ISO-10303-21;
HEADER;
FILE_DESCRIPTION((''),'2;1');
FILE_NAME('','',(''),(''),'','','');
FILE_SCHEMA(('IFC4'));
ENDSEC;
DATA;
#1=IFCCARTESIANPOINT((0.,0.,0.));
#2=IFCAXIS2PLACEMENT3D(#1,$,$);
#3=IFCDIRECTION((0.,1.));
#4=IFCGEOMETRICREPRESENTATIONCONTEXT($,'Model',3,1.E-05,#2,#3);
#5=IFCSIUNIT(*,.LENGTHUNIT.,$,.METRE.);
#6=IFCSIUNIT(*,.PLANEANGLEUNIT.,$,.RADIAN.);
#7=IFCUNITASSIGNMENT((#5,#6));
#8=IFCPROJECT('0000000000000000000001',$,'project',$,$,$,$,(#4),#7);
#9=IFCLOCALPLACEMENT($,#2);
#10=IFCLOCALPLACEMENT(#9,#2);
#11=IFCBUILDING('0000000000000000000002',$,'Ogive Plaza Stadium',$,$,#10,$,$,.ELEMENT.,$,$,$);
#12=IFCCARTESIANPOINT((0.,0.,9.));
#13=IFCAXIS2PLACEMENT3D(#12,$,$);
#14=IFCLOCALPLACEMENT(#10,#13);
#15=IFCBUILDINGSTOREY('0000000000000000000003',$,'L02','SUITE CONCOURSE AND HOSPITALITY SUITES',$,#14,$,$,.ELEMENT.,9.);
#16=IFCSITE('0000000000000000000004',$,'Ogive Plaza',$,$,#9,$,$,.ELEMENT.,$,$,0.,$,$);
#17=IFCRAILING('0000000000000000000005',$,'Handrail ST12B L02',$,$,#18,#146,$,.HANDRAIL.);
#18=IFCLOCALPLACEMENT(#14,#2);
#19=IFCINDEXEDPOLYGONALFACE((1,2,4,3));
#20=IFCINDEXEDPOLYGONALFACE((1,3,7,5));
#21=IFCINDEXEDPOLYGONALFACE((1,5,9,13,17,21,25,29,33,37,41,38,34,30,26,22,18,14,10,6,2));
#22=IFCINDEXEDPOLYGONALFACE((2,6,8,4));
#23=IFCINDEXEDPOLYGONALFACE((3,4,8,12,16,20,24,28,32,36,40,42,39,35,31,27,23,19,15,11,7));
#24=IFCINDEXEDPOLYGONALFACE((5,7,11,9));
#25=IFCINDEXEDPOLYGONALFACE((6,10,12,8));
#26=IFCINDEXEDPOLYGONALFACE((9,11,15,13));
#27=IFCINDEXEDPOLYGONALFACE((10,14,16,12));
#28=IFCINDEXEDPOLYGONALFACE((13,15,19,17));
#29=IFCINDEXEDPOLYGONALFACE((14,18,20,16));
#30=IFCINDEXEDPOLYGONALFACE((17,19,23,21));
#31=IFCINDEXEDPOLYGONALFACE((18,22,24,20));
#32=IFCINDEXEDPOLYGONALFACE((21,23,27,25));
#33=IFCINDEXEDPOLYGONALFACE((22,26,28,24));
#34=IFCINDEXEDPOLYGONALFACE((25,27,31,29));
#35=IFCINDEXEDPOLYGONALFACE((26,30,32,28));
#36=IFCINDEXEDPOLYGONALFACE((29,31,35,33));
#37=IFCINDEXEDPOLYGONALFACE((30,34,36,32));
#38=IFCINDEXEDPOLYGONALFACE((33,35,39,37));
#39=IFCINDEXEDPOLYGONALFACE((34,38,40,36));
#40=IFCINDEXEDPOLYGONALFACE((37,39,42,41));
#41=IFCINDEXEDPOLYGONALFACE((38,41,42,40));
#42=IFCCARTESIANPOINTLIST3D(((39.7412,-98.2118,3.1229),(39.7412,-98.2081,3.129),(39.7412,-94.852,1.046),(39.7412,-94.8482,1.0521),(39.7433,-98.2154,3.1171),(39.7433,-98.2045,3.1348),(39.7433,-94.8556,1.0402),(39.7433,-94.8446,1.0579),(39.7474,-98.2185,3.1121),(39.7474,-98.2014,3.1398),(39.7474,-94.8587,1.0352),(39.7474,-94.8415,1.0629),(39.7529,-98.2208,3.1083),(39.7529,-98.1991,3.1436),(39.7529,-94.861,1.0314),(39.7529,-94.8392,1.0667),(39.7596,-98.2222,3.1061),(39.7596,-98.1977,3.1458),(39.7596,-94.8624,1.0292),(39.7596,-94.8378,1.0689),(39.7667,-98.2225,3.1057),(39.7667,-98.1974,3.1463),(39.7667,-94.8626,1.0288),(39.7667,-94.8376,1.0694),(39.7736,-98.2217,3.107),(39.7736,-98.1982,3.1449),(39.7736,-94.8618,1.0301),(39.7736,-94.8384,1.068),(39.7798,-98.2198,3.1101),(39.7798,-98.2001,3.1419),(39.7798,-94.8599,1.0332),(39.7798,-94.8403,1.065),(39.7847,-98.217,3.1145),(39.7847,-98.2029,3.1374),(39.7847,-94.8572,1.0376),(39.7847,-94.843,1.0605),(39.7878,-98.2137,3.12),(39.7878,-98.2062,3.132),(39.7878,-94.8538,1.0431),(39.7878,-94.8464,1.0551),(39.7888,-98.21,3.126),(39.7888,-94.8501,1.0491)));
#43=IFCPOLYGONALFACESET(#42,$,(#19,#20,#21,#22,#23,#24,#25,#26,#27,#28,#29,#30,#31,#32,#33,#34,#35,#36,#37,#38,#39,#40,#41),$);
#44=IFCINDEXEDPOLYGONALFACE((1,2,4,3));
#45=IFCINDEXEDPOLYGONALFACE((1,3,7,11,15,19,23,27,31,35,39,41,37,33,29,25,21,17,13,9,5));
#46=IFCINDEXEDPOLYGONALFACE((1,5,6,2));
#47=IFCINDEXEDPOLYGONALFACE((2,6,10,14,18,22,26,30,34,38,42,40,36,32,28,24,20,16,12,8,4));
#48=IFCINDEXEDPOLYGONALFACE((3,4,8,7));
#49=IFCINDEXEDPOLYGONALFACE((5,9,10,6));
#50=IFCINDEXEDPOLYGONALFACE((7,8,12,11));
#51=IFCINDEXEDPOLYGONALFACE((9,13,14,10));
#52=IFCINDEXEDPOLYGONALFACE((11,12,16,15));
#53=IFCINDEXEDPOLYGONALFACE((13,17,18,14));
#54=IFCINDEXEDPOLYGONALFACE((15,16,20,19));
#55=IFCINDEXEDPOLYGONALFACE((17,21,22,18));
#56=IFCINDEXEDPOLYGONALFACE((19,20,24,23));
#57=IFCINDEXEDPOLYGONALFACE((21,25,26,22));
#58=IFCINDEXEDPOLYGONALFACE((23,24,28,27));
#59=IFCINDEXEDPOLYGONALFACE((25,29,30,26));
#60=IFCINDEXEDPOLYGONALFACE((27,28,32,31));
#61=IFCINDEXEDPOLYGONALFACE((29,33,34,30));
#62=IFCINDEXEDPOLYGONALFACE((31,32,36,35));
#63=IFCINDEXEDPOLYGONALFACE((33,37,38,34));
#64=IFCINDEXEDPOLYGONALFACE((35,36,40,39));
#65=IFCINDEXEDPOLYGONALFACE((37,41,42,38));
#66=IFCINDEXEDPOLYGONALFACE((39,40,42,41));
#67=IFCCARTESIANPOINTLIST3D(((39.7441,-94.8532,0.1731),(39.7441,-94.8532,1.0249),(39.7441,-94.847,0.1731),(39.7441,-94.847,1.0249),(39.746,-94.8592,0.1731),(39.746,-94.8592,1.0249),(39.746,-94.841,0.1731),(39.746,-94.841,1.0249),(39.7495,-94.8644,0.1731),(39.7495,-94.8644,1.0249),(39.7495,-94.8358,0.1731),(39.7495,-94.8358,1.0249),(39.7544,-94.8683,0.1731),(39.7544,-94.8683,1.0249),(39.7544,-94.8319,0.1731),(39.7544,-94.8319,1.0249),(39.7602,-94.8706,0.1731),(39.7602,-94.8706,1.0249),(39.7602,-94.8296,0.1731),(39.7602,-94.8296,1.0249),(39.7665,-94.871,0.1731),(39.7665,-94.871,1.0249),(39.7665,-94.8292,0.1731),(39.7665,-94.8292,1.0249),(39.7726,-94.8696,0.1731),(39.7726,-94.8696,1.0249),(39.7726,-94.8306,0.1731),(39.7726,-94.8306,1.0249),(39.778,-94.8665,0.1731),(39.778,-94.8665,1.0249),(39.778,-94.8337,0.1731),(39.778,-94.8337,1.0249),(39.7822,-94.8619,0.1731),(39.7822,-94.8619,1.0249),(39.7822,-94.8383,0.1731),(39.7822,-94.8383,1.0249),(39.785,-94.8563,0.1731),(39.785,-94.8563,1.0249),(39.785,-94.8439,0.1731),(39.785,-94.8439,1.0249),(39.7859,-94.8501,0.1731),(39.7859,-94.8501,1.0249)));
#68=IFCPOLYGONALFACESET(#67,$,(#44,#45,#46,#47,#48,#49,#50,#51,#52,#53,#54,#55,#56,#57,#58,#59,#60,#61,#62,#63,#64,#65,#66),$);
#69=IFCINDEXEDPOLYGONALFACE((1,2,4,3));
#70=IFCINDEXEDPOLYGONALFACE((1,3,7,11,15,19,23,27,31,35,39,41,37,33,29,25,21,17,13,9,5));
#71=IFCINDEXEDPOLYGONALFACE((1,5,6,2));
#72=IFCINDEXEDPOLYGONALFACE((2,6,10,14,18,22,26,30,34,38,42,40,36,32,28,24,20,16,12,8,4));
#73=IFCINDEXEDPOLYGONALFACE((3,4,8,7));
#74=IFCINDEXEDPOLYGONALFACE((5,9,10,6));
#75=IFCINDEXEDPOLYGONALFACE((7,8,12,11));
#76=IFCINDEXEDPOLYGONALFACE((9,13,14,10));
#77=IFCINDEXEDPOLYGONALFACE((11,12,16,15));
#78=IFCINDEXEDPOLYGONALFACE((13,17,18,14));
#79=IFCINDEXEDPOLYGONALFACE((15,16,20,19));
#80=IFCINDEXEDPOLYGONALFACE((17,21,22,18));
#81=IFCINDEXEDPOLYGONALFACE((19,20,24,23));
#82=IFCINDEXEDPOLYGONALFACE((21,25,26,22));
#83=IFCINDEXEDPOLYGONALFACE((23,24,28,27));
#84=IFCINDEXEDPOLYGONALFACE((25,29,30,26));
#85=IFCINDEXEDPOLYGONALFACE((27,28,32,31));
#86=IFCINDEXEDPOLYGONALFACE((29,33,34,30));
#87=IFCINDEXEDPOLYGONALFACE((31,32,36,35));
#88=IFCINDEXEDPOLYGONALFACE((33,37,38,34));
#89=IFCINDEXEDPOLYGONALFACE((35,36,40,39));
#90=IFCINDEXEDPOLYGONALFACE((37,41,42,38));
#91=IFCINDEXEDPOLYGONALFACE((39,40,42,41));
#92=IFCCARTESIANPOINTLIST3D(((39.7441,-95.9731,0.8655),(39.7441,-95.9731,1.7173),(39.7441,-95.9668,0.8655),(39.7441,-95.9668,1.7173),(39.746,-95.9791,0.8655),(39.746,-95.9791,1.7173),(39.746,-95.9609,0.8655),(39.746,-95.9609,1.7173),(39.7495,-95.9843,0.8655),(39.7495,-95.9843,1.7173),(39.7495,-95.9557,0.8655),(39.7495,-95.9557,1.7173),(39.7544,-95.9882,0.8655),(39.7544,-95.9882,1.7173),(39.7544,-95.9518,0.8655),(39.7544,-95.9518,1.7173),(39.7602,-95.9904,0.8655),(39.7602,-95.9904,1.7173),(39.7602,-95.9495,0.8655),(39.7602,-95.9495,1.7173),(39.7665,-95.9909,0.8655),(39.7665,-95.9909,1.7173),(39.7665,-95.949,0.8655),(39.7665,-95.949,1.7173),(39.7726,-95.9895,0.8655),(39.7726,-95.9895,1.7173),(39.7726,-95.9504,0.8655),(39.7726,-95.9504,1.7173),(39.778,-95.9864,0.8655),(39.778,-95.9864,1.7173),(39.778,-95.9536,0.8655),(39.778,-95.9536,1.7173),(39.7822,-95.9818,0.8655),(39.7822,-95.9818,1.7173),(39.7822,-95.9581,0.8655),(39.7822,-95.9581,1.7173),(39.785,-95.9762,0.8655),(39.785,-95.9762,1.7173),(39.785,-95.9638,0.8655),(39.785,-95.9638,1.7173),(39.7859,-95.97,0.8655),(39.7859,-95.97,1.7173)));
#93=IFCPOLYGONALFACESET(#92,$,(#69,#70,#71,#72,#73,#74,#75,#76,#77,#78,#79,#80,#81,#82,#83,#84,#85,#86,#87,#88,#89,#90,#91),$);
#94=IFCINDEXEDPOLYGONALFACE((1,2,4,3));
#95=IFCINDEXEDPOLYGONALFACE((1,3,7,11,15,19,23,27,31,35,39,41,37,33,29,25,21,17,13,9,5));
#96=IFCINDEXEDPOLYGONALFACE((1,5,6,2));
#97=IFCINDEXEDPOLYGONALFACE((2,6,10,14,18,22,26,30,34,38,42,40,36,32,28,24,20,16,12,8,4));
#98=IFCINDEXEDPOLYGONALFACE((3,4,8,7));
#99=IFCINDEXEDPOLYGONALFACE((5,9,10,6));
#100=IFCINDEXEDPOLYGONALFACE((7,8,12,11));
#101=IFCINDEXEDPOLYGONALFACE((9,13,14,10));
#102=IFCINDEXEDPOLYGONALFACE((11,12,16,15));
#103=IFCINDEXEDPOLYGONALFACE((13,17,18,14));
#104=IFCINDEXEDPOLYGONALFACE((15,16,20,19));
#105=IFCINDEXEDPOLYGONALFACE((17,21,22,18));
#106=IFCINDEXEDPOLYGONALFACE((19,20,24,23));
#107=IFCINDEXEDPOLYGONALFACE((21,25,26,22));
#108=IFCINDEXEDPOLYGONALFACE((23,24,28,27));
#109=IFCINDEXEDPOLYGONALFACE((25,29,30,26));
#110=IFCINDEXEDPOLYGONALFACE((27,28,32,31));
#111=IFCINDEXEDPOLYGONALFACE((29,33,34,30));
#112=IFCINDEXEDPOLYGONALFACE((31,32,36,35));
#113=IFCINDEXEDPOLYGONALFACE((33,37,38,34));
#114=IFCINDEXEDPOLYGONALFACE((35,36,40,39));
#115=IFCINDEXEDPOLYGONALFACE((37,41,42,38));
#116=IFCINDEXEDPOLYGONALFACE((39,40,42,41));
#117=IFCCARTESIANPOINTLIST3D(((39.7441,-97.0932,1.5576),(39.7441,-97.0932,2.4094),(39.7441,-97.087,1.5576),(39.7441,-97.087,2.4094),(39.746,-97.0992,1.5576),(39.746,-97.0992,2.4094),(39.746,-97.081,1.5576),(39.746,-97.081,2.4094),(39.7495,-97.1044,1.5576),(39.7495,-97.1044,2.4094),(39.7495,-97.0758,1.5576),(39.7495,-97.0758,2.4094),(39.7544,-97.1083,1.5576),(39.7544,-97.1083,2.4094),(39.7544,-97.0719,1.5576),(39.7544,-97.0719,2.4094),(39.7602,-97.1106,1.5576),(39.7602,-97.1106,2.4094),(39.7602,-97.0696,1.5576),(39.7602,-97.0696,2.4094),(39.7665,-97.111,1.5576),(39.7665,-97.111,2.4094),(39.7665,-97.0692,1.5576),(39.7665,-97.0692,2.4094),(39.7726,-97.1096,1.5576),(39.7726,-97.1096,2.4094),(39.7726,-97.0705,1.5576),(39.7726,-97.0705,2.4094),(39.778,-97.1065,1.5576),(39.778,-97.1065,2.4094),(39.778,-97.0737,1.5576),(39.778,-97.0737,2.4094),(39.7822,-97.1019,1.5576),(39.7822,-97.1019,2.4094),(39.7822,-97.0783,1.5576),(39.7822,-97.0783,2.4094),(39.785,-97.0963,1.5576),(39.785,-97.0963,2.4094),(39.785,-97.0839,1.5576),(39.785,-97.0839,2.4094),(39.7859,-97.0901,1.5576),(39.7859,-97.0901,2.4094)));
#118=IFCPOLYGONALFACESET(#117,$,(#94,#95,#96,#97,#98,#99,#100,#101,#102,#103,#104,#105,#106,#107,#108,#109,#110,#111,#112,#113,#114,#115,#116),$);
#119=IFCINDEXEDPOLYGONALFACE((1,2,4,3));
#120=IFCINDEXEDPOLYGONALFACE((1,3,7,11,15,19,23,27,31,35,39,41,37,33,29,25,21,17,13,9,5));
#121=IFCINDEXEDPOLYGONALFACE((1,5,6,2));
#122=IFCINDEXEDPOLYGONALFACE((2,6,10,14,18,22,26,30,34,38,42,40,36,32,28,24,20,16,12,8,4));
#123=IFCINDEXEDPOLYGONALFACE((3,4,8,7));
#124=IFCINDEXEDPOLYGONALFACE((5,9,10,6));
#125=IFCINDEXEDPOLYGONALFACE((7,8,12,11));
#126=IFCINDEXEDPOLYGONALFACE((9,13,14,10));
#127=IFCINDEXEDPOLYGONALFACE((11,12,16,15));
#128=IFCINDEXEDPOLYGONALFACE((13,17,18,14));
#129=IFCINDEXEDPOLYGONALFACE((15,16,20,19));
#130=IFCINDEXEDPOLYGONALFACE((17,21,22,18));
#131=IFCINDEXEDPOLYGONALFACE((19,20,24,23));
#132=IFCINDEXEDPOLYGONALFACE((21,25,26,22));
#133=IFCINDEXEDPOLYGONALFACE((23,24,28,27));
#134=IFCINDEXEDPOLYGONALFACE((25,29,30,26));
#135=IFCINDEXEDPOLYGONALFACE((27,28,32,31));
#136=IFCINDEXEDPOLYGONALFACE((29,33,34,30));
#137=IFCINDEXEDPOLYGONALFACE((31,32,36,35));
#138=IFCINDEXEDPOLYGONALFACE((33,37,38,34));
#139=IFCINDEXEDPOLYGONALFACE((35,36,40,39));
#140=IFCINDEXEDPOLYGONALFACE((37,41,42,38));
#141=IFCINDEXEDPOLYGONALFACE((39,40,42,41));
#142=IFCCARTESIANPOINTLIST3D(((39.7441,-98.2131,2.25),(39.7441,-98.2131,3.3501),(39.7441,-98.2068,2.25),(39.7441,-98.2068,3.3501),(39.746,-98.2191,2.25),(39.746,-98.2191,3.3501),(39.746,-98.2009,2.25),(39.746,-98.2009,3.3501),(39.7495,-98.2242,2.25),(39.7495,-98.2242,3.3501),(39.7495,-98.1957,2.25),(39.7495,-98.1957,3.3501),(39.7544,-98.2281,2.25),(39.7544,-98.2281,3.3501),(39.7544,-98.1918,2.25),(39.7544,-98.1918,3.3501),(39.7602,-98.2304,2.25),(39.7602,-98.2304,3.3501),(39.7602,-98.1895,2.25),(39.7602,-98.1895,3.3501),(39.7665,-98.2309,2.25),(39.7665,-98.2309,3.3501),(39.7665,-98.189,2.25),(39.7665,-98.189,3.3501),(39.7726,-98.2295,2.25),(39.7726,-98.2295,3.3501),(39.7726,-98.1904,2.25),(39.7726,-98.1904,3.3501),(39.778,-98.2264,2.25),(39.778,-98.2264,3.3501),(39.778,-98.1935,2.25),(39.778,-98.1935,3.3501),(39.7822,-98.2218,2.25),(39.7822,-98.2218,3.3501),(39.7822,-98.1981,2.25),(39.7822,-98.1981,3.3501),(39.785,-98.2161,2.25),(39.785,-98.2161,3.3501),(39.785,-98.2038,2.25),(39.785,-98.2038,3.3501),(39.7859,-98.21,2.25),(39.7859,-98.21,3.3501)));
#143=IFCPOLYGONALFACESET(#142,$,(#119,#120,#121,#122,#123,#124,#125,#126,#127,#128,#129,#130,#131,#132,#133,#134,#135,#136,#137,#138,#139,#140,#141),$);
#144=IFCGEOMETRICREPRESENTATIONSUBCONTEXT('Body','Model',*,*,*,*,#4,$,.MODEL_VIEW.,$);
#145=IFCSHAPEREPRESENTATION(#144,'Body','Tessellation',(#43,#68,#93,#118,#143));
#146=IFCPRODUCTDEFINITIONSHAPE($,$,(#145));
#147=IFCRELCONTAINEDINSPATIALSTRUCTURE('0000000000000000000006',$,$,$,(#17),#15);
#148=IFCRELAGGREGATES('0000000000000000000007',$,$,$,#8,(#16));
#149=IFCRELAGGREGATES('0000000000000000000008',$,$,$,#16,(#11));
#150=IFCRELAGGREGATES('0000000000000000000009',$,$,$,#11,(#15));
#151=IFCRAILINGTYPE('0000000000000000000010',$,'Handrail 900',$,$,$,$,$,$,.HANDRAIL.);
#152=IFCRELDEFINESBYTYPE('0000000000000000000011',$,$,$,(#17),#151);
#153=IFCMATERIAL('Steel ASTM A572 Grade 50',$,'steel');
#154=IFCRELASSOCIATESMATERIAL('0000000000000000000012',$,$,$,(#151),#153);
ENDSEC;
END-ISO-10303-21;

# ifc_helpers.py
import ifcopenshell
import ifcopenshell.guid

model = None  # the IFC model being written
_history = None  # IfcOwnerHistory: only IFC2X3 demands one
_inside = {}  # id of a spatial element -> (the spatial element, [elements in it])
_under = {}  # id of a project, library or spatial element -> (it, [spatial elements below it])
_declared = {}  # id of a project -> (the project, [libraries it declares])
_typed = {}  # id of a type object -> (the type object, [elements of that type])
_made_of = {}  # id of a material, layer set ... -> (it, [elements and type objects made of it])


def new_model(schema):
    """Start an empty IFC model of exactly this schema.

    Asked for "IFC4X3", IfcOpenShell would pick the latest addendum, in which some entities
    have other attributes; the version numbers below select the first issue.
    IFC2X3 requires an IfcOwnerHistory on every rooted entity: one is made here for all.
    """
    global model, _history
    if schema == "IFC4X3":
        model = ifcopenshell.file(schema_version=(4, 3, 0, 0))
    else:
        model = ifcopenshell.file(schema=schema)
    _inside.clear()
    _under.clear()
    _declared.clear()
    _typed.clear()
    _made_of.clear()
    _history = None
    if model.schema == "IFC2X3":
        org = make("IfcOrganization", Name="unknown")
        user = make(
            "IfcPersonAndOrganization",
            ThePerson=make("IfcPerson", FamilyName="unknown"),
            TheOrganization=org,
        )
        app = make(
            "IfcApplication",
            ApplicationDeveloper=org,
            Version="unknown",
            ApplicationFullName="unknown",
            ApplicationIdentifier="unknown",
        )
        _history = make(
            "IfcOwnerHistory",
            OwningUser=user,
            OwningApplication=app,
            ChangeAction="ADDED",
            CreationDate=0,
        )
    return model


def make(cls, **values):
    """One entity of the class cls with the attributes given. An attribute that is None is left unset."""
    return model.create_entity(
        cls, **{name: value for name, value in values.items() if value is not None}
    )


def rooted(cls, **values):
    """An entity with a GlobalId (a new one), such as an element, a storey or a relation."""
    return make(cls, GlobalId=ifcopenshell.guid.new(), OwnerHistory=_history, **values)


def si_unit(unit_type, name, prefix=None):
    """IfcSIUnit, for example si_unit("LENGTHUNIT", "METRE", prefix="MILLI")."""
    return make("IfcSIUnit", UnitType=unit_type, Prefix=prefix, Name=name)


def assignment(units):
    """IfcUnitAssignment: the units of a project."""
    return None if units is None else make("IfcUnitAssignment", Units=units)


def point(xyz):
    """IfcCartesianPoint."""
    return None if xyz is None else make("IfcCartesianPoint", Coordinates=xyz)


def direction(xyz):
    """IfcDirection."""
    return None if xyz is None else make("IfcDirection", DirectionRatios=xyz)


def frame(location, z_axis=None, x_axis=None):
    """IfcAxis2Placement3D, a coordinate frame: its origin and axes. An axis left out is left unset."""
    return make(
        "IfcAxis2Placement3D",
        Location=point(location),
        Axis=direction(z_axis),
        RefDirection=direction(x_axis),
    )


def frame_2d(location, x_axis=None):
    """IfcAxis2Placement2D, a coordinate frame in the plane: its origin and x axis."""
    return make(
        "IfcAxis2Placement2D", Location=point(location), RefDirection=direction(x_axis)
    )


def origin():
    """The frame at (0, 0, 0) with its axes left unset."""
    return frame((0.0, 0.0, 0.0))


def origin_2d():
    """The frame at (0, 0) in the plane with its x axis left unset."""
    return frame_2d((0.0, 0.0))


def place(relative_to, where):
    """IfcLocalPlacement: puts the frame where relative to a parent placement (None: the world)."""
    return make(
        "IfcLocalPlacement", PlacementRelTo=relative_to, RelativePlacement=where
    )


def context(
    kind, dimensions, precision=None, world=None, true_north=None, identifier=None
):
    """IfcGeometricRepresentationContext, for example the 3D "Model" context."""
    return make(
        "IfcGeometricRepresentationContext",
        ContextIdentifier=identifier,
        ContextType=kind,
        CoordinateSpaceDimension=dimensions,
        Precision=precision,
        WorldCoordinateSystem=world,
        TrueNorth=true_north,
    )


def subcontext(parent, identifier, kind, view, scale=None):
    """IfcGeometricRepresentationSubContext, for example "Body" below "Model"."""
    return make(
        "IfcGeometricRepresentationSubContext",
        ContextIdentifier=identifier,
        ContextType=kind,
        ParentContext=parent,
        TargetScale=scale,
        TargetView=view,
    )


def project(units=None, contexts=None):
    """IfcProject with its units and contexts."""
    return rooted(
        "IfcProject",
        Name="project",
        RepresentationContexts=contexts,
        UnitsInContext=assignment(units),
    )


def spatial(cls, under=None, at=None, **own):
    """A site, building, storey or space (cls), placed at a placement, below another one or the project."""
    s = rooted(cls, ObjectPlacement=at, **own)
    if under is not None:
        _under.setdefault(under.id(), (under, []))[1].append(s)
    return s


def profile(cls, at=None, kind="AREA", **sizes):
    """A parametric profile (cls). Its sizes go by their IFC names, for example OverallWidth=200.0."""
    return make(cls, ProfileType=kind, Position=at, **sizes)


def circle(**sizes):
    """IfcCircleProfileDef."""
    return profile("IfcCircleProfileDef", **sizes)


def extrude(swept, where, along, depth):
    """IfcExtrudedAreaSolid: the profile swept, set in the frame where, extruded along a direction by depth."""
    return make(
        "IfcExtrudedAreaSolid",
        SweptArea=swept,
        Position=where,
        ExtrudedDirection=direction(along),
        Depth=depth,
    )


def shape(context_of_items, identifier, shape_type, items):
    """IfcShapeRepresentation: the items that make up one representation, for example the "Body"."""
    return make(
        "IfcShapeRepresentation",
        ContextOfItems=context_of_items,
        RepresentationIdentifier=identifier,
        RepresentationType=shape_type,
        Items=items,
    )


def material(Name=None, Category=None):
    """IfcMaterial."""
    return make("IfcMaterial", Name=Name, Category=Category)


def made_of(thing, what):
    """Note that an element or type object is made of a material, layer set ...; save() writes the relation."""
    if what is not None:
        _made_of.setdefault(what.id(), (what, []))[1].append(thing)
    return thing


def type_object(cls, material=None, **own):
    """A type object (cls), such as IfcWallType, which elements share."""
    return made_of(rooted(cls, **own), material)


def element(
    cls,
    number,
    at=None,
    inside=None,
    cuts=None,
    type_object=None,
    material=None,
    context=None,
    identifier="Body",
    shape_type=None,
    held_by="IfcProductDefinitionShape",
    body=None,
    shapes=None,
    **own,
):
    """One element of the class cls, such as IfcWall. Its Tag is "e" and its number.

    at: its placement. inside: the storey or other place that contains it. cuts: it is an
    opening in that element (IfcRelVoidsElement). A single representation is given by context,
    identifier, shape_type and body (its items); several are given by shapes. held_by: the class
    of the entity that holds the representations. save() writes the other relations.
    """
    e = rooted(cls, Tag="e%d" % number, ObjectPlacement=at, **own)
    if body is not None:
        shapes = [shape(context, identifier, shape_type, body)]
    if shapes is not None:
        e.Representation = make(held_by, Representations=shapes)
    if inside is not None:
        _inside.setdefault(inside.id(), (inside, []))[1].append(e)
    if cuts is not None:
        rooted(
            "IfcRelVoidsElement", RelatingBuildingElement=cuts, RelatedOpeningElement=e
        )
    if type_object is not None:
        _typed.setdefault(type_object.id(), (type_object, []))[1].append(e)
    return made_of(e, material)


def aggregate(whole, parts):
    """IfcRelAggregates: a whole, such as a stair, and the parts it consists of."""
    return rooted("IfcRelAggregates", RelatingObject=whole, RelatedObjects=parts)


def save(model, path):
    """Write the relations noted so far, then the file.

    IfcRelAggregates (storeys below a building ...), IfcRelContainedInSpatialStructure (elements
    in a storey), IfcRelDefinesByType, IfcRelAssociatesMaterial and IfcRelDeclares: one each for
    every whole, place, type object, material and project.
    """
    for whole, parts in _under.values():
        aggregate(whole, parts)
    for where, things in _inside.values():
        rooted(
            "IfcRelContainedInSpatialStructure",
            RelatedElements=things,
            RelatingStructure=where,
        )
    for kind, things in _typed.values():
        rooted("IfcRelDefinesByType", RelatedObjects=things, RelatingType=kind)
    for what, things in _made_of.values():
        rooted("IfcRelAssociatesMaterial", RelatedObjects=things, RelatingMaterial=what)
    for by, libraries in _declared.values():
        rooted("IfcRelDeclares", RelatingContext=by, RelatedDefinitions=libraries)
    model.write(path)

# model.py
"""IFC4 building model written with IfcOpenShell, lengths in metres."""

from ifc_helpers import new_model, si_unit, direction, frame, origin, origin_2d, place, context, subcontext, project, spatial, circle, extrude, material, type_object, element, save


model = new_model("IFC4")

# Units and contexts
model_context = context("Model", 3, precision=1e-05, world=origin(), true_north=direction((0.0, 1.0)))
body_context = subcontext(model_context, "Body", "Model", "MODEL_VIEW")
ifc_project = project(units=[si_unit("LENGTHUNIT", "METRE"), si_unit("PLANEANGLEUNIT", "RADIAN")], contexts=[model_context])

# Site, building, storey
site_placement = place(None, origin())
site = spatial("IfcSite", under=ifc_project, at=site_placement, Name="Ogive Plaza", CompositionType="ELEMENT", RefElevation=0.0)
building_placement = place(site_placement, origin())
building = spatial("IfcBuilding", under=site, at=building_placement, Name="Ogive Plaza Stadium", CompositionType="ELEMENT")
storey_placement = place(building_placement, frame((0.0, 0.0, 9.0)))
storey = spatial("IfcBuildingStorey", under=building, at=storey_placement, Name="L02", Description="SUITE CONCOURSE AND HOSPITALITY SUITES", CompositionType="ELEMENT", Elevation=9.0)

# Railing
ifc_material_1 = material(Name="Steel ASTM A572 Grade 50", Category="steel")
railing_type_1 = type_object("IfcRailingType", Name="Handrail 900", PredefinedType="HANDRAIL", material=ifc_material_1)
for number, where, name in (
    (1, (39.7649, -94.8501, 0.1731), "Handrail ST12B L02"),
):
    element("IfcRailing", number, at=place(storey_placement, frame(where)), inside=storey, type_object=railing_type_1, Name=name, PredefinedType="HANDRAIL", context=body_context, shape_type="SweptSolid", body=[
        extrude(circle(Radius=0.0239, at=origin_2d()), frame((0.0, 0.0, 0.876), z_axis=(0.0, -0.850606, 0.525803), x_axis=(1.0, 0.0, 0.0)), (0.0, 0.0, 1.0), 3.95),
        extrude(circle(Radius=0.021, at=origin_2d()), origin(), (0.0, 0.0, 1.0), 0.8518),
        extrude(circle(Radius=0.021, at=origin_2d()), frame((0.0, -1.1199, 0.6924)), (0.0, 0.0, 1.0), 0.8518),
        extrude(circle(Radius=0.021, at=origin_2d()), frame((0.0, -2.24, 1.3845)), (0.0, 0.0, 1.0), 0.8518),
        extrude(circle(Radius=0.021, at=origin_2d()), frame((0.0, -3.3599, 2.0769)), (0.0, 0.0, 1.0), 1.1001),
    ])

save(model, "model.ifc")
